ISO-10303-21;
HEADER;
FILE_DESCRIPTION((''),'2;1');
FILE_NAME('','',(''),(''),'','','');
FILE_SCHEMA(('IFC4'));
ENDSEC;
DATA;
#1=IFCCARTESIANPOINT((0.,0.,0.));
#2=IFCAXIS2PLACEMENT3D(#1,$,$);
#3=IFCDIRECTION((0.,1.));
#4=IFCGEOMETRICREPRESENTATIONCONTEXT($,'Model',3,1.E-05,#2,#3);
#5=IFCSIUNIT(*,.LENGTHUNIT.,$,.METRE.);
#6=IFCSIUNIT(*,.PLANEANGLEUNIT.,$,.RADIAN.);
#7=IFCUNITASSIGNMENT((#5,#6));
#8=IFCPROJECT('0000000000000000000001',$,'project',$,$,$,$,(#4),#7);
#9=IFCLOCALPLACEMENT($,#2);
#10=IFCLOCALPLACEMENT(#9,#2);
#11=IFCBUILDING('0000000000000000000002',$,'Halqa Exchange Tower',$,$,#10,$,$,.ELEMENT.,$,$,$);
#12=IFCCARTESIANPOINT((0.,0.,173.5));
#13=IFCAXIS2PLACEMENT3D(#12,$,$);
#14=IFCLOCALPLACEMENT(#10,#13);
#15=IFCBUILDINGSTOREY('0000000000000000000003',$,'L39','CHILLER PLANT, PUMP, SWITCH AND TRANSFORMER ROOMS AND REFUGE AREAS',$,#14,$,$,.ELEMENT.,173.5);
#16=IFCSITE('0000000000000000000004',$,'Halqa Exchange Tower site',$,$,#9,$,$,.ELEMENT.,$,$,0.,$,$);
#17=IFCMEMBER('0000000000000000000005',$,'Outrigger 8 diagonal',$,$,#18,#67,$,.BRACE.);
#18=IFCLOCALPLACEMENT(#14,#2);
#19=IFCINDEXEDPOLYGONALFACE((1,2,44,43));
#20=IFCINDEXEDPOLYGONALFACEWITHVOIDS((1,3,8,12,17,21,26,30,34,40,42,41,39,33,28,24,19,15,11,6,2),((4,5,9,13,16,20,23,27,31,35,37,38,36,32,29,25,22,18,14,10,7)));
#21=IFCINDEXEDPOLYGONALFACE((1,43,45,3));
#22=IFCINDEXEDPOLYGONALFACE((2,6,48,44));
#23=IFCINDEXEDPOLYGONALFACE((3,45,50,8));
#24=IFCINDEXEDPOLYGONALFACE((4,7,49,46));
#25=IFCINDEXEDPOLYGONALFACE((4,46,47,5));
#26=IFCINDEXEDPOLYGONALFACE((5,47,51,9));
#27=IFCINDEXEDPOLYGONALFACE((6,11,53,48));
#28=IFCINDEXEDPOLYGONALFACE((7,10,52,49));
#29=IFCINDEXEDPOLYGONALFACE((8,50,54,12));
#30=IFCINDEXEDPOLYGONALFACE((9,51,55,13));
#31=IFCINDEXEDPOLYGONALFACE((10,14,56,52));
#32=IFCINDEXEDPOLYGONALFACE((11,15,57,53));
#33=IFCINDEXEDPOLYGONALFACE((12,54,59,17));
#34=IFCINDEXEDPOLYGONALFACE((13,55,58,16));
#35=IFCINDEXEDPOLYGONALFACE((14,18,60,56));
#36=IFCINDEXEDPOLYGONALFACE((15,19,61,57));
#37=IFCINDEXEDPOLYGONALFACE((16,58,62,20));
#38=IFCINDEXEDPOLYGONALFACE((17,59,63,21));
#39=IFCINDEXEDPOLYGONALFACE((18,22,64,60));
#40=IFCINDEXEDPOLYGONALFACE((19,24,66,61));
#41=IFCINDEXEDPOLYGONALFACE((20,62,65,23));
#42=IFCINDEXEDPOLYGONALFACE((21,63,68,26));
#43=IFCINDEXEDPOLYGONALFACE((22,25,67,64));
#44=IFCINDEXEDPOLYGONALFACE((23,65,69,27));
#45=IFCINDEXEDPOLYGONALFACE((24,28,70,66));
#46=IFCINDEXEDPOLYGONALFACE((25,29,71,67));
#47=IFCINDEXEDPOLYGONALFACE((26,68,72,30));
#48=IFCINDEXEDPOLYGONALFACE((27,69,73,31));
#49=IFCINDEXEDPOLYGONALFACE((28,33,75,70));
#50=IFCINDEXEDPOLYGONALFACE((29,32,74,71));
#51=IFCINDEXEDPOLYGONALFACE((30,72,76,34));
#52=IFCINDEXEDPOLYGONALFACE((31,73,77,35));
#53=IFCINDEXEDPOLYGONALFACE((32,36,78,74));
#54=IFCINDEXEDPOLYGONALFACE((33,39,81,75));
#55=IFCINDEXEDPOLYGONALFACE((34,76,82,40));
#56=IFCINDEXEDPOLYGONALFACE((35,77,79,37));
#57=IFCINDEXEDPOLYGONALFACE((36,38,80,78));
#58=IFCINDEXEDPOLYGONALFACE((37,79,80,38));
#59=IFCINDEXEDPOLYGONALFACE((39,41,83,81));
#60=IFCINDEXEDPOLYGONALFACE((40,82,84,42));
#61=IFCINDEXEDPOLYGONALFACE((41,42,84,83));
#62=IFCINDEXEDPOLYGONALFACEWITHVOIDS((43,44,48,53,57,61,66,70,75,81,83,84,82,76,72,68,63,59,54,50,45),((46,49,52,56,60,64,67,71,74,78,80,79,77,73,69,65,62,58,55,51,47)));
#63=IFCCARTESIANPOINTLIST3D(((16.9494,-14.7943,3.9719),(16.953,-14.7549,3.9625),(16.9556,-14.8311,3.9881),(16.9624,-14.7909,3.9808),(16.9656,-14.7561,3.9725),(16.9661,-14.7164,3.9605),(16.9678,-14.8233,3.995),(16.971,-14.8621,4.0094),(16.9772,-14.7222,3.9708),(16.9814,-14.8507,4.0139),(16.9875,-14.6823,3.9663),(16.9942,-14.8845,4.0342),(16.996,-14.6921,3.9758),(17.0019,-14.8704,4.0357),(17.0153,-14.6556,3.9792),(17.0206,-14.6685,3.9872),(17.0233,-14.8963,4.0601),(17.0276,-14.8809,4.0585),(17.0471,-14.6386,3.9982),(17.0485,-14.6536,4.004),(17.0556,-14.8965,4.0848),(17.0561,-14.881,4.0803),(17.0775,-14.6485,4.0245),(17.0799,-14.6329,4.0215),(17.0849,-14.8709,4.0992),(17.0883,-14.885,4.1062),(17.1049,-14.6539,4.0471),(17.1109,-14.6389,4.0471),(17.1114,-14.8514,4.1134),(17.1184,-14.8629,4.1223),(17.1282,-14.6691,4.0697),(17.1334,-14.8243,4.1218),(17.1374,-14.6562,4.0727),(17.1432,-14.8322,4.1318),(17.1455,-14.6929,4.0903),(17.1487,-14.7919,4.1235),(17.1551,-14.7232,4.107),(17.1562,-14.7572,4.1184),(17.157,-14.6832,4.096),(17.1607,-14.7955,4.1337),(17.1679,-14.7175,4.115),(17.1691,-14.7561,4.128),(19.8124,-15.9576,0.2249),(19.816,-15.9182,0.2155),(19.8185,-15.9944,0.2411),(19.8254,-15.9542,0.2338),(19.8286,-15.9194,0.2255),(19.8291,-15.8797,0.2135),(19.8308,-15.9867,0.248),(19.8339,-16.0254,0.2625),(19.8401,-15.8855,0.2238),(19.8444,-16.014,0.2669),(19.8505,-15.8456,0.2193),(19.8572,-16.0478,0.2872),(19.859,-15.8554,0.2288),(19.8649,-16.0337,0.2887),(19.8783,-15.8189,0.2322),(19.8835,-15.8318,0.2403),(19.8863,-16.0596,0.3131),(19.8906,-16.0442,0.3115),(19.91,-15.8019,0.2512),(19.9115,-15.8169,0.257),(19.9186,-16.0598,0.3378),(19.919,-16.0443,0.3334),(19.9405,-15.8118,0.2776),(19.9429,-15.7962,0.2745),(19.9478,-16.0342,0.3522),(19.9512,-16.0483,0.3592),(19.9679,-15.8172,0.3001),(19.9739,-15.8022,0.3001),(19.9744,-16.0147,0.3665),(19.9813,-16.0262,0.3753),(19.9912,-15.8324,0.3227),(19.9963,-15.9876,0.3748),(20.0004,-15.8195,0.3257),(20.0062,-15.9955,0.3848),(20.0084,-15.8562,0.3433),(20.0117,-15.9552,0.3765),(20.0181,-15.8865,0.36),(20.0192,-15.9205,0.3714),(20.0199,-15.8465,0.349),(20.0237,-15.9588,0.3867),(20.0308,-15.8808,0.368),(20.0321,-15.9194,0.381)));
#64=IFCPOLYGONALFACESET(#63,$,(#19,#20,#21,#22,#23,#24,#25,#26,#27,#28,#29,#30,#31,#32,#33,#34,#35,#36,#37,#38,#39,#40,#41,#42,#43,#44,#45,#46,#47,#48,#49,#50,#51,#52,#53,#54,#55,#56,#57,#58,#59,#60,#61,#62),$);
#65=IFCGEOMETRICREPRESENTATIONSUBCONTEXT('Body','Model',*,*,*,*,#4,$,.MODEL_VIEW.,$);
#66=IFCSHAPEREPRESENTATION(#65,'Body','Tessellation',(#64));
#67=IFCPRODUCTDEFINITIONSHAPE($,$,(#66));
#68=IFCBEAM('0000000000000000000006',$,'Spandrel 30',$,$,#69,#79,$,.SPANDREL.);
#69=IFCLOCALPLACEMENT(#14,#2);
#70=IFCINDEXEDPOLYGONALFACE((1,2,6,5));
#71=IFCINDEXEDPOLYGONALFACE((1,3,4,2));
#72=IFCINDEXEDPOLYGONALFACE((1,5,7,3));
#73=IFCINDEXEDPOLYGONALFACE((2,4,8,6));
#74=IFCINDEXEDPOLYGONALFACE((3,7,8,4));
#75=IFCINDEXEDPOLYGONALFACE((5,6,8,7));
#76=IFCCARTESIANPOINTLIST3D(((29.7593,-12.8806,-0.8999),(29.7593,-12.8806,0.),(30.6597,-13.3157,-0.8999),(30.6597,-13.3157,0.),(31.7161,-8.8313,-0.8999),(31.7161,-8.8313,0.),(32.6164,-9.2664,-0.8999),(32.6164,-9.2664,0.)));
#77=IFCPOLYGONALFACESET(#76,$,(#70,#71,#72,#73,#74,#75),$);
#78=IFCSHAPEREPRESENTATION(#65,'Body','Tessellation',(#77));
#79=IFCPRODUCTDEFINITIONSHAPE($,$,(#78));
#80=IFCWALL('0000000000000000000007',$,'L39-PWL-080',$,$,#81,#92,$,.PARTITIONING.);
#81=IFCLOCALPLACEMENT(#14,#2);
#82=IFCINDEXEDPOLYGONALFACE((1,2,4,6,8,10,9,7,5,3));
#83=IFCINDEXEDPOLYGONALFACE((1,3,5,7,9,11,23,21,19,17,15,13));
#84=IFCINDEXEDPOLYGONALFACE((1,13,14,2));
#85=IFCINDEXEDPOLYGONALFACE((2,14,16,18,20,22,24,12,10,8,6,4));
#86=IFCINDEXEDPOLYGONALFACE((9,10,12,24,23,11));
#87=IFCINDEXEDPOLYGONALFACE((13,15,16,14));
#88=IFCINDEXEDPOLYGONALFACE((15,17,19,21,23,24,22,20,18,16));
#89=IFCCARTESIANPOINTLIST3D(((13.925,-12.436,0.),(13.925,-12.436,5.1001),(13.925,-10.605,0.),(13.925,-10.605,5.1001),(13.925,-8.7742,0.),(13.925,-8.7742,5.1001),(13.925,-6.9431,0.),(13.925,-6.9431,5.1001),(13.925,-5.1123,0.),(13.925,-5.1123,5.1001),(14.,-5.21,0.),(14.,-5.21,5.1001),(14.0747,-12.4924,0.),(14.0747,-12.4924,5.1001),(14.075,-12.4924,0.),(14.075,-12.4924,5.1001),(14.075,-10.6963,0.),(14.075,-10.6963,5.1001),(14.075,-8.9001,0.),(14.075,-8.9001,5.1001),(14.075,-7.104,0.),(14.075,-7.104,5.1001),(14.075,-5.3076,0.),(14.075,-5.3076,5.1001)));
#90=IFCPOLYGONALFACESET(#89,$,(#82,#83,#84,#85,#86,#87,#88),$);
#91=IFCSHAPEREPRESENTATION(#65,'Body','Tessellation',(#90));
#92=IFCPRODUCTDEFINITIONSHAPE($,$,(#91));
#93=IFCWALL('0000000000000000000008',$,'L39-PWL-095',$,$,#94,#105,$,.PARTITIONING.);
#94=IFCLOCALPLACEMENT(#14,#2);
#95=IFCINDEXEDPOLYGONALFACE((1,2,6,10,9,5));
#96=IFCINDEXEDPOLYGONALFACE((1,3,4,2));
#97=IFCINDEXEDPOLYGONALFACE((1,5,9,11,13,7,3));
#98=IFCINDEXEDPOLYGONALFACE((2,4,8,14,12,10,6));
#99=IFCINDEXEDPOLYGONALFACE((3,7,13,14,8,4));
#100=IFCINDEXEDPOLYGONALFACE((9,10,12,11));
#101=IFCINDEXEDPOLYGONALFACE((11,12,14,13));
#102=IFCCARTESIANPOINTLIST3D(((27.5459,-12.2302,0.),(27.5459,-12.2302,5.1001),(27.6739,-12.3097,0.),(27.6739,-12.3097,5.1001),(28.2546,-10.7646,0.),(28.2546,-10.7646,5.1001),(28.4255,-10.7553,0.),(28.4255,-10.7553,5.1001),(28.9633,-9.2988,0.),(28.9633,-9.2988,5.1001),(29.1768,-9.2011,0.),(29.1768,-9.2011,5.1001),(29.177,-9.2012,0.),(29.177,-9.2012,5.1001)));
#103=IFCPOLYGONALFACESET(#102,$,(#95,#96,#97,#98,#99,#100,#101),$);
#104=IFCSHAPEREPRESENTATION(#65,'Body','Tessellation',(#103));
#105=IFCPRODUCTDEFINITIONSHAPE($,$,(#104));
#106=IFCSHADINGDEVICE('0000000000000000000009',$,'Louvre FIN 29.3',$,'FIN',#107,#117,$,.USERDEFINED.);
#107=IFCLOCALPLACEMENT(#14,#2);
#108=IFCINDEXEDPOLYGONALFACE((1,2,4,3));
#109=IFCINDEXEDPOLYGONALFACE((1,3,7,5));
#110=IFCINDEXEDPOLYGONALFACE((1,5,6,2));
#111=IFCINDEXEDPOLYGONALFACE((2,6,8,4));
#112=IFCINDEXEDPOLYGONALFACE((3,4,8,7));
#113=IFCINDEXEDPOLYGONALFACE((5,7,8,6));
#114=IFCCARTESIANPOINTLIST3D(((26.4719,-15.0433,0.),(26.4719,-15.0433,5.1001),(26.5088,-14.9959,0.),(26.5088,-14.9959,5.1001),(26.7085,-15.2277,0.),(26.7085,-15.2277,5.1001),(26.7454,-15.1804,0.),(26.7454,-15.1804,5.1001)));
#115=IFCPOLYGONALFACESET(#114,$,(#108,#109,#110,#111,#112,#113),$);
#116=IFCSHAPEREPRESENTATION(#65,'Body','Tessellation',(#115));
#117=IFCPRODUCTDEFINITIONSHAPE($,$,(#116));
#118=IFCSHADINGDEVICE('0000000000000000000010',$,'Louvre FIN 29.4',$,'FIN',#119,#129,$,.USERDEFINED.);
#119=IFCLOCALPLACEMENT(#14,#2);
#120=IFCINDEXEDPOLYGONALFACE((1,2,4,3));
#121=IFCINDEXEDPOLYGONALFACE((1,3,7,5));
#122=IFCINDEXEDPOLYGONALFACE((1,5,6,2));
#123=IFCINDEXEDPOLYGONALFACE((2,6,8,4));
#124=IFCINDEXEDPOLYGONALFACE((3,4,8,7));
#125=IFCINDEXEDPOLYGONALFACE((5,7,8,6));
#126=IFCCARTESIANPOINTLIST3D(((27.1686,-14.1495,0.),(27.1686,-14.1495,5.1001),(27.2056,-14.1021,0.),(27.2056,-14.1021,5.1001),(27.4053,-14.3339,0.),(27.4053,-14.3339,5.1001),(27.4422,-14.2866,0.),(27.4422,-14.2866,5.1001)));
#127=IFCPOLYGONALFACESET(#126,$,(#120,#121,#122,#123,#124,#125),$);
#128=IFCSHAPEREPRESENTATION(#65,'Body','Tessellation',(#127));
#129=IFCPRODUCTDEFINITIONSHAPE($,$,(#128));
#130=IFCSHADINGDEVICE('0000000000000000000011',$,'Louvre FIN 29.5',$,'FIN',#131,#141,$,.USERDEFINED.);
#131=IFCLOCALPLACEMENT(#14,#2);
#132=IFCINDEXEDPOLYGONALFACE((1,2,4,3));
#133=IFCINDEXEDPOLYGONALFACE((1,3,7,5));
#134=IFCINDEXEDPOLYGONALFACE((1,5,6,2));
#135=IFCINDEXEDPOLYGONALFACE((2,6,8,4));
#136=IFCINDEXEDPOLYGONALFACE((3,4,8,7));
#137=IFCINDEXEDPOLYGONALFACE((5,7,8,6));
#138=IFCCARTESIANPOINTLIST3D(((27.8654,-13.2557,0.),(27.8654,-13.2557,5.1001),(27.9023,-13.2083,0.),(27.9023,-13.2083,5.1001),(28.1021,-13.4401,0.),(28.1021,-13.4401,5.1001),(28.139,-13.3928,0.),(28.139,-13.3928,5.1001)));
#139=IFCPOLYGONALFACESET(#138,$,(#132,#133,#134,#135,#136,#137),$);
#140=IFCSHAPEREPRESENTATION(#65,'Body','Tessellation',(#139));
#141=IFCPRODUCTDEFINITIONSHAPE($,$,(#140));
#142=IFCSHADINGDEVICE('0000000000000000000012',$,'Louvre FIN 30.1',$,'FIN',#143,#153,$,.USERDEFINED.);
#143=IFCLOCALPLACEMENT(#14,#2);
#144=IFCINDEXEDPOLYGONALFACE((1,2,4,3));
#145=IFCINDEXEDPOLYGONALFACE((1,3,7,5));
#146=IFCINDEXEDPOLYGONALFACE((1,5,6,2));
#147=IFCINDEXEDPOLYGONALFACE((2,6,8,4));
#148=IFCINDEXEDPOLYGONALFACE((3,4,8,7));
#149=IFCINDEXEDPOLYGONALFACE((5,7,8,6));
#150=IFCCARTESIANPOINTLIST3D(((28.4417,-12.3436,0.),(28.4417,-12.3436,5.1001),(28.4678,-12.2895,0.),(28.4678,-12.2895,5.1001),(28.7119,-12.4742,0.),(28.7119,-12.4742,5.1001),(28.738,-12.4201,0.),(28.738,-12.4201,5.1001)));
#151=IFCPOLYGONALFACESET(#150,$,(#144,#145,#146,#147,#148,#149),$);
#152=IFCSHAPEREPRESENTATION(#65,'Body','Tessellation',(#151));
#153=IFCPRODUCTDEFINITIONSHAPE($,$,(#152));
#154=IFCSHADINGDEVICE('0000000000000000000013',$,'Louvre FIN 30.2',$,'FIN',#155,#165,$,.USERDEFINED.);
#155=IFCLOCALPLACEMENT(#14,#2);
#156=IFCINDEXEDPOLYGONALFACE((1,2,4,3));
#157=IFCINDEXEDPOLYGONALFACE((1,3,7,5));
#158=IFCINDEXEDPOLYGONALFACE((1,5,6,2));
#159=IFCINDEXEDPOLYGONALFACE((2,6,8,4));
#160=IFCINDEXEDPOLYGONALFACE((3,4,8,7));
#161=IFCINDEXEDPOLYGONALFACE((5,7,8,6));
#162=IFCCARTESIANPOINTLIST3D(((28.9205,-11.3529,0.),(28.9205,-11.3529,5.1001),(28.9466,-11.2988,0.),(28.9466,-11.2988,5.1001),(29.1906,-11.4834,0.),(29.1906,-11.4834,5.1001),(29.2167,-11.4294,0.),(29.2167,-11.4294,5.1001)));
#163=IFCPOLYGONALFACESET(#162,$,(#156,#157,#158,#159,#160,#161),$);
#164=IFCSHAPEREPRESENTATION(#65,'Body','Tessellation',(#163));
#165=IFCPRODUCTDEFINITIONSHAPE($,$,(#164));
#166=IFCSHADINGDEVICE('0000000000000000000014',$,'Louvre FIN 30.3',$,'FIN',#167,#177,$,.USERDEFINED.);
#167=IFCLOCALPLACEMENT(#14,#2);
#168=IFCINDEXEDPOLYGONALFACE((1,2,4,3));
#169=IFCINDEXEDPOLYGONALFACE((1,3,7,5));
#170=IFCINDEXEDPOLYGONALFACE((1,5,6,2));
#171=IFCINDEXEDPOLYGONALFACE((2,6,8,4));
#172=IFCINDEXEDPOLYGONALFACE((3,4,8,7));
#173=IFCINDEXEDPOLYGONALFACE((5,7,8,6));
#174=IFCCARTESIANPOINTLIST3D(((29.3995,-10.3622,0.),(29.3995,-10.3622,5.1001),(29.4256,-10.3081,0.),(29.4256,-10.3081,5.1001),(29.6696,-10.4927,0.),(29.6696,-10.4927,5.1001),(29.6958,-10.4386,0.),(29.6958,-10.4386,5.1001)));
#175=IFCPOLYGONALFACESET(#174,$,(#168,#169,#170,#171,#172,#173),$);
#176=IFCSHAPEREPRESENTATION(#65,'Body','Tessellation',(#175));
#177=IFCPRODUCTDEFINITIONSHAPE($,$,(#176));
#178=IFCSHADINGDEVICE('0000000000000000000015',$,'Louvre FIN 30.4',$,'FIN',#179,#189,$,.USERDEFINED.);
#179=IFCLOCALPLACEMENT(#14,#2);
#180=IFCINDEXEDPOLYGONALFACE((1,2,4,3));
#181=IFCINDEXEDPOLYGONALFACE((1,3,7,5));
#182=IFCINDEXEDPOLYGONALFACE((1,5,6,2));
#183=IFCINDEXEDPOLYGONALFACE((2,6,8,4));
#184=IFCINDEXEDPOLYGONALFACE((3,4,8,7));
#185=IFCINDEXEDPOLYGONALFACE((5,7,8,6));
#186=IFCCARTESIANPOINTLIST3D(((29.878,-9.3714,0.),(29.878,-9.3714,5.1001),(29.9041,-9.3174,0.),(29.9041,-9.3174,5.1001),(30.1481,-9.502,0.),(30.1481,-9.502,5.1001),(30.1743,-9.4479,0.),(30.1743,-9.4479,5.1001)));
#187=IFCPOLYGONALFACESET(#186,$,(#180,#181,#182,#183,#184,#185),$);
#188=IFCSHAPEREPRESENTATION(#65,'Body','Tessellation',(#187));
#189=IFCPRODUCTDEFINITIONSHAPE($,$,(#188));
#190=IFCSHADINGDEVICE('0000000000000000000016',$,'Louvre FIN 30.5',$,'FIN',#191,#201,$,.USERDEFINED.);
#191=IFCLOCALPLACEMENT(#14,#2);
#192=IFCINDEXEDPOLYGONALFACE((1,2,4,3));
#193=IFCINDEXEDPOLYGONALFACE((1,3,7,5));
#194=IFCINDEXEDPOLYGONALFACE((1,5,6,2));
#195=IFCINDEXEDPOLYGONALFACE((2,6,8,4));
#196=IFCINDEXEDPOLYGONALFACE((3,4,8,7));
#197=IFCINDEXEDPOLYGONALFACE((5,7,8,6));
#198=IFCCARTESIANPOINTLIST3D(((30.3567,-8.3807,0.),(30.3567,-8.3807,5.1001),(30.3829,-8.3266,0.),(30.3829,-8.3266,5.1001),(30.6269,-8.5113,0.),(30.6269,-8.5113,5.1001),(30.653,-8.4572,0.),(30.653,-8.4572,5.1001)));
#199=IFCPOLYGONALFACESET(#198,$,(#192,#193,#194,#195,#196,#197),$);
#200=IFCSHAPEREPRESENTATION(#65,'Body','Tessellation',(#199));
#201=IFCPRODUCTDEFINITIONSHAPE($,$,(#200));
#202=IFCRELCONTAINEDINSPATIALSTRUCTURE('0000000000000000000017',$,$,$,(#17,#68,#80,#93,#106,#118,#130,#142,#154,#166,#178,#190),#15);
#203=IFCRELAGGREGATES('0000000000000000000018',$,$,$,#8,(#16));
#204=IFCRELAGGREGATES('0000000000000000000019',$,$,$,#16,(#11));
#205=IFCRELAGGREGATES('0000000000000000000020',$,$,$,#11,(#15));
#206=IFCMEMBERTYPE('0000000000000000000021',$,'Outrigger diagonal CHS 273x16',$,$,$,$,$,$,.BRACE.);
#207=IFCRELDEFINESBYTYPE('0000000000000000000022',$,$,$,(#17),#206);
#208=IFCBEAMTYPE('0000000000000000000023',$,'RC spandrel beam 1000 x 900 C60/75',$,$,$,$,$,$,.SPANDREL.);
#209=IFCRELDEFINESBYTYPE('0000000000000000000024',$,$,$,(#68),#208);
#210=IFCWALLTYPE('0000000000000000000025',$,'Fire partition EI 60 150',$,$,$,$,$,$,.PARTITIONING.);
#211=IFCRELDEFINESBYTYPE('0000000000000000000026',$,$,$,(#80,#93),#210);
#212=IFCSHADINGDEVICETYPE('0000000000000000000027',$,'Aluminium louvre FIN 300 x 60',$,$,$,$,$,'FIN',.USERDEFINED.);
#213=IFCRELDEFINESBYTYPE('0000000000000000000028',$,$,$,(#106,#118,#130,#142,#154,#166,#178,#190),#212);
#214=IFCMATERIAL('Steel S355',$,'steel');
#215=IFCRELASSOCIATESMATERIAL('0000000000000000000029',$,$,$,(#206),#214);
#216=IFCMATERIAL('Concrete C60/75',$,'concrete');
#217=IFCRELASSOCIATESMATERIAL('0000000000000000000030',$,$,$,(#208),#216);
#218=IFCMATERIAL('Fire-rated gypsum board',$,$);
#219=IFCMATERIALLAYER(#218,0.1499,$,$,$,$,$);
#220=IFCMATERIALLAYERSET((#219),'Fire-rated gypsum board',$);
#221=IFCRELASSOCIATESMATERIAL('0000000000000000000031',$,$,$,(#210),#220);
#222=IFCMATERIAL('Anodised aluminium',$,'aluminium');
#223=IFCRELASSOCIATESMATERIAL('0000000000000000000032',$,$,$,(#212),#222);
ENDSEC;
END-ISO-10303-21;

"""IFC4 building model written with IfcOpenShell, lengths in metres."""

from ifc_helpers import new_model, si_unit, direction, frame, origin, origin_2d, place, context, subcontext, project, spatial, polyline, rectangle, hollow_circle, outline, extrude, material, layer, layer_set, material_profile, profile_set, type_object, element, save


model = new_model("IFC4")

# Units and contexts
model_context = context("Model", 3, precision=1e-05, world=origin(), true_north=direction((0.0, 1.0)))
body_context = subcontext(model_context, "Body", "Model", "MODEL_VIEW")
ifc_project = project(units=[si_unit("LENGTHUNIT", "METRE"), si_unit("PLANEANGLEUNIT", "RADIAN")], contexts=[model_context])

# Site, building, storey
site_placement = place(None, origin())
site = spatial("IfcSite", under=ifc_project, at=site_placement, Name="Halqa Exchange Tower site", CompositionType="ELEMENT", RefElevation=0.0)
building_placement = place(site_placement, origin())
building = spatial("IfcBuilding", under=site, at=building_placement, Name="Halqa Exchange Tower", CompositionType="ELEMENT")
storey_placement = place(building_placement, frame((0.0, 0.0, 173.5)))
storey = spatial("IfcBuildingStorey", under=building, at=storey_placement, Name="L39", Description="CHILLER PLANT, PUMP, SWITCH AND TRANSFORMER ROOMS AND REFUGE AREAS", CompositionType="ELEMENT", Elevation=173.5)

# Member
ifc_material_1 = material(Name="Steel S355", Category="steel")
ifc_material_profile_1 = material_profile(ifc_material_1, hollow_circle(Radius=0.1365, WallThickness=0.0161, at=origin_2d()), Name="CHS 273x16")
ifc_profile_set_1 = profile_set([ifc_material_profile_1], Name="Steel S355")
member_type_1 = type_object("IfcMemberType", Name="Outrigger diagonal CHS 273x16", PredefinedType="BRACE", material=ifc_profile_set_1)
member_1_placement = place(storey_placement, frame((17.0596, -14.7654, 4.0471), z_axis=(0.589461, -0.239514, -0.771472), x_axis=(0.376438, 0.926442, 0.0)))
element("IfcMember", 1, at=member_1_placement, inside=storey, type_object=member_type_1, Name="Outrigger 8 diagonal", PredefinedType="BRACE", context=body_context, shape_type="SweptSolid", body=[
    extrude(hollow_circle(Radius=0.1365, WallThickness=0.0161, at=origin_2d()), origin(), (0.0, 0.0, 1.0), 4.8569),
])

# Beam
ifc_material_2 = material(Name="Concrete C60/75", Category="concrete")
ifc_material_profile_2 = material_profile(ifc_material_2, rectangle(XDim=1.0, YDim=0.8999, at=origin_2d()), Name="1000 x 900")
ifc_profile_set_2 = profile_set([ifc_material_profile_2], Name="Concrete C60/75")
beam_type = type_object("IfcBeamType", Name="RC spandrel beam 1000 x 900 C60/75", PredefinedType="SPANDREL", material=ifc_profile_set_2)
beam_placement = place(storey_placement, frame((30.2095, -13.0981, -0.45), z_axis=(0.4351, 0.900382, 0.0), x_axis=(-0.900382, 0.4351, 0.0)))
element("IfcBeam", 2, at=beam_placement, inside=storey, type_object=beam_type, Name="Spandrel 30", PredefinedType="SPANDREL", context=body_context, shape_type="SweptSolid", body=[
    extrude(rectangle(XDim=1.0, YDim=0.8999, at=origin_2d()), origin(), (0.0, 0.0, 1.0), 4.4973),
])

# Wall
ifc_material_3 = material(Name="Fire-rated gypsum board")
ifc_layer_1 = layer(ifc_material_3, 0.1499)
ifc_layer_set_1 = layer_set([ifc_layer_1], Name="Fire-rated gypsum board")
wall_type = type_object("IfcWallType", Name="Fire partition EI 60 150", PredefinedType="PARTITIONING", material=ifc_layer_set_1)
wall_1_placement = place(storey_placement, frame((14.0, -5.1123, 0.0), z_axis=(0.0, 0.0, 1.0), x_axis=(0.0, -1.0, 0.0)))
element("IfcWall", 3, at=wall_1_placement, inside=storey, type_object=wall_type, Name="L39-PWL-080", PredefinedType="PARTITIONING", context=body_context, shape_type="SweptSolid", body=[
    extrude(outline(polyline([(0.0, -0.075), (1.8308, -0.075), (3.6619, -0.075), (5.4927, -0.075), (7.3237, -0.075), (7.3801, 0.0747), (7.3801, 0.075), (5.584, 0.075), (3.7878, 0.075), (1.9917, 0.075), (0.1953, 0.075), (0.0977, 0.0), (0.0, -0.075)])), origin(), (0.0, 0.0, 1.0), 5.1001),
])

# Wall
wall_2_placement = place(storey_placement, frame((27.6064, -12.2771, 0.0), z_axis=(0.0, 0.0, 1.0), x_axis=(0.435324, 0.900274, 0.0)))
element("IfcWall", 4, at=wall_2_placement, inside=storey, type_object=wall_type, Name="L39-PWL-095", PredefinedType="PARTITIONING", context=body_context, shape_type="SweptSolid", body=[
    extrude(outline(polyline([(3.4529, -0.075), (3.4529, -0.0747), (3.272, 0.075), (1.6438, 0.075), (0.0159, 0.075), (0.0, -0.075), (1.7266, -0.075), (3.4529, -0.075)])), origin(), (0.0, 0.0, 1.0), 5.1001),
])

# Shading devices
ifc_material_4 = material(Name="Anodised aluminium", Category="aluminium")
ifc_material_profile_3 = material_profile(ifc_material_4, rectangle(XDim=0.3, YDim=0.0601, at=origin_2d()), Name="AL FIN 300x60")
ifc_profile_set_3 = profile_set([ifc_material_profile_3], Name="Anodised aluminium")
shading_device_type = type_object("IfcShadingDeviceType", Name="Aluminium louvre FIN 300 x 60", ElementType="FIN", PredefinedType="USERDEFINED", material=ifc_profile_set_3)
for number, where, z_axis, x_axis, name in (
    (5, (26.6086, -15.1118, 0.0), (0.0, 0.0, 1.0), (-0.788686, 0.614796, 0.0), "Louvre FIN 29.3"),
    (6, (27.3054, -14.218, 0.0), (0.0, 0.0, 1.0), (-0.788686, 0.614796, 0.0), "Louvre FIN 29.4"),
    (7, (28.0022, -13.3242, 0.0), (0.0, 0.0, 1.0), (-0.788686, 0.614796, 0.0), "Louvre FIN 29.5"),
    (8, (28.5898, -12.3818, 0.0), (0.0, 0.0, 1.0), (-0.900378, 0.435109, 0.0), "Louvre FIN 30.1"),
    (9, (29.0686, -11.3911, 0.0), (0.0, 0.0, 1.0), (-0.900378, 0.435109, 0.0), "Louvre FIN 30.2"),
    (10, (29.5476, -10.4004, 0.0), (0.0, 0.0, 1.0), (-0.900378, 0.435109, 0.0), "Louvre FIN 30.3"),
    (11, (30.0261, -9.4097, 0.0), (0.0, 0.0, 1.0), (-0.900378, 0.435109, 0.0), "Louvre FIN 30.4"),
    (12, (30.5049, -8.4189, 0.0), (0.0, 0.0, 1.0), (-0.900378, 0.435109, 0.0), "Louvre FIN 30.5"),
):
    element("IfcShadingDevice", number, at=place(storey_placement, frame(where, z_axis=z_axis, x_axis=x_axis)), inside=storey, type_object=shading_device_type, Name=name, ObjectType="FIN", PredefinedType="USERDEFINED", context=body_context, shape_type="SweptSolid", body=[
        extrude(rectangle(XDim=0.3, YDim=0.0601, at=origin_2d()), origin(), (0.0, 0.0, 1.0), 5.1001),
    ])

save(model, "model.ifc")
